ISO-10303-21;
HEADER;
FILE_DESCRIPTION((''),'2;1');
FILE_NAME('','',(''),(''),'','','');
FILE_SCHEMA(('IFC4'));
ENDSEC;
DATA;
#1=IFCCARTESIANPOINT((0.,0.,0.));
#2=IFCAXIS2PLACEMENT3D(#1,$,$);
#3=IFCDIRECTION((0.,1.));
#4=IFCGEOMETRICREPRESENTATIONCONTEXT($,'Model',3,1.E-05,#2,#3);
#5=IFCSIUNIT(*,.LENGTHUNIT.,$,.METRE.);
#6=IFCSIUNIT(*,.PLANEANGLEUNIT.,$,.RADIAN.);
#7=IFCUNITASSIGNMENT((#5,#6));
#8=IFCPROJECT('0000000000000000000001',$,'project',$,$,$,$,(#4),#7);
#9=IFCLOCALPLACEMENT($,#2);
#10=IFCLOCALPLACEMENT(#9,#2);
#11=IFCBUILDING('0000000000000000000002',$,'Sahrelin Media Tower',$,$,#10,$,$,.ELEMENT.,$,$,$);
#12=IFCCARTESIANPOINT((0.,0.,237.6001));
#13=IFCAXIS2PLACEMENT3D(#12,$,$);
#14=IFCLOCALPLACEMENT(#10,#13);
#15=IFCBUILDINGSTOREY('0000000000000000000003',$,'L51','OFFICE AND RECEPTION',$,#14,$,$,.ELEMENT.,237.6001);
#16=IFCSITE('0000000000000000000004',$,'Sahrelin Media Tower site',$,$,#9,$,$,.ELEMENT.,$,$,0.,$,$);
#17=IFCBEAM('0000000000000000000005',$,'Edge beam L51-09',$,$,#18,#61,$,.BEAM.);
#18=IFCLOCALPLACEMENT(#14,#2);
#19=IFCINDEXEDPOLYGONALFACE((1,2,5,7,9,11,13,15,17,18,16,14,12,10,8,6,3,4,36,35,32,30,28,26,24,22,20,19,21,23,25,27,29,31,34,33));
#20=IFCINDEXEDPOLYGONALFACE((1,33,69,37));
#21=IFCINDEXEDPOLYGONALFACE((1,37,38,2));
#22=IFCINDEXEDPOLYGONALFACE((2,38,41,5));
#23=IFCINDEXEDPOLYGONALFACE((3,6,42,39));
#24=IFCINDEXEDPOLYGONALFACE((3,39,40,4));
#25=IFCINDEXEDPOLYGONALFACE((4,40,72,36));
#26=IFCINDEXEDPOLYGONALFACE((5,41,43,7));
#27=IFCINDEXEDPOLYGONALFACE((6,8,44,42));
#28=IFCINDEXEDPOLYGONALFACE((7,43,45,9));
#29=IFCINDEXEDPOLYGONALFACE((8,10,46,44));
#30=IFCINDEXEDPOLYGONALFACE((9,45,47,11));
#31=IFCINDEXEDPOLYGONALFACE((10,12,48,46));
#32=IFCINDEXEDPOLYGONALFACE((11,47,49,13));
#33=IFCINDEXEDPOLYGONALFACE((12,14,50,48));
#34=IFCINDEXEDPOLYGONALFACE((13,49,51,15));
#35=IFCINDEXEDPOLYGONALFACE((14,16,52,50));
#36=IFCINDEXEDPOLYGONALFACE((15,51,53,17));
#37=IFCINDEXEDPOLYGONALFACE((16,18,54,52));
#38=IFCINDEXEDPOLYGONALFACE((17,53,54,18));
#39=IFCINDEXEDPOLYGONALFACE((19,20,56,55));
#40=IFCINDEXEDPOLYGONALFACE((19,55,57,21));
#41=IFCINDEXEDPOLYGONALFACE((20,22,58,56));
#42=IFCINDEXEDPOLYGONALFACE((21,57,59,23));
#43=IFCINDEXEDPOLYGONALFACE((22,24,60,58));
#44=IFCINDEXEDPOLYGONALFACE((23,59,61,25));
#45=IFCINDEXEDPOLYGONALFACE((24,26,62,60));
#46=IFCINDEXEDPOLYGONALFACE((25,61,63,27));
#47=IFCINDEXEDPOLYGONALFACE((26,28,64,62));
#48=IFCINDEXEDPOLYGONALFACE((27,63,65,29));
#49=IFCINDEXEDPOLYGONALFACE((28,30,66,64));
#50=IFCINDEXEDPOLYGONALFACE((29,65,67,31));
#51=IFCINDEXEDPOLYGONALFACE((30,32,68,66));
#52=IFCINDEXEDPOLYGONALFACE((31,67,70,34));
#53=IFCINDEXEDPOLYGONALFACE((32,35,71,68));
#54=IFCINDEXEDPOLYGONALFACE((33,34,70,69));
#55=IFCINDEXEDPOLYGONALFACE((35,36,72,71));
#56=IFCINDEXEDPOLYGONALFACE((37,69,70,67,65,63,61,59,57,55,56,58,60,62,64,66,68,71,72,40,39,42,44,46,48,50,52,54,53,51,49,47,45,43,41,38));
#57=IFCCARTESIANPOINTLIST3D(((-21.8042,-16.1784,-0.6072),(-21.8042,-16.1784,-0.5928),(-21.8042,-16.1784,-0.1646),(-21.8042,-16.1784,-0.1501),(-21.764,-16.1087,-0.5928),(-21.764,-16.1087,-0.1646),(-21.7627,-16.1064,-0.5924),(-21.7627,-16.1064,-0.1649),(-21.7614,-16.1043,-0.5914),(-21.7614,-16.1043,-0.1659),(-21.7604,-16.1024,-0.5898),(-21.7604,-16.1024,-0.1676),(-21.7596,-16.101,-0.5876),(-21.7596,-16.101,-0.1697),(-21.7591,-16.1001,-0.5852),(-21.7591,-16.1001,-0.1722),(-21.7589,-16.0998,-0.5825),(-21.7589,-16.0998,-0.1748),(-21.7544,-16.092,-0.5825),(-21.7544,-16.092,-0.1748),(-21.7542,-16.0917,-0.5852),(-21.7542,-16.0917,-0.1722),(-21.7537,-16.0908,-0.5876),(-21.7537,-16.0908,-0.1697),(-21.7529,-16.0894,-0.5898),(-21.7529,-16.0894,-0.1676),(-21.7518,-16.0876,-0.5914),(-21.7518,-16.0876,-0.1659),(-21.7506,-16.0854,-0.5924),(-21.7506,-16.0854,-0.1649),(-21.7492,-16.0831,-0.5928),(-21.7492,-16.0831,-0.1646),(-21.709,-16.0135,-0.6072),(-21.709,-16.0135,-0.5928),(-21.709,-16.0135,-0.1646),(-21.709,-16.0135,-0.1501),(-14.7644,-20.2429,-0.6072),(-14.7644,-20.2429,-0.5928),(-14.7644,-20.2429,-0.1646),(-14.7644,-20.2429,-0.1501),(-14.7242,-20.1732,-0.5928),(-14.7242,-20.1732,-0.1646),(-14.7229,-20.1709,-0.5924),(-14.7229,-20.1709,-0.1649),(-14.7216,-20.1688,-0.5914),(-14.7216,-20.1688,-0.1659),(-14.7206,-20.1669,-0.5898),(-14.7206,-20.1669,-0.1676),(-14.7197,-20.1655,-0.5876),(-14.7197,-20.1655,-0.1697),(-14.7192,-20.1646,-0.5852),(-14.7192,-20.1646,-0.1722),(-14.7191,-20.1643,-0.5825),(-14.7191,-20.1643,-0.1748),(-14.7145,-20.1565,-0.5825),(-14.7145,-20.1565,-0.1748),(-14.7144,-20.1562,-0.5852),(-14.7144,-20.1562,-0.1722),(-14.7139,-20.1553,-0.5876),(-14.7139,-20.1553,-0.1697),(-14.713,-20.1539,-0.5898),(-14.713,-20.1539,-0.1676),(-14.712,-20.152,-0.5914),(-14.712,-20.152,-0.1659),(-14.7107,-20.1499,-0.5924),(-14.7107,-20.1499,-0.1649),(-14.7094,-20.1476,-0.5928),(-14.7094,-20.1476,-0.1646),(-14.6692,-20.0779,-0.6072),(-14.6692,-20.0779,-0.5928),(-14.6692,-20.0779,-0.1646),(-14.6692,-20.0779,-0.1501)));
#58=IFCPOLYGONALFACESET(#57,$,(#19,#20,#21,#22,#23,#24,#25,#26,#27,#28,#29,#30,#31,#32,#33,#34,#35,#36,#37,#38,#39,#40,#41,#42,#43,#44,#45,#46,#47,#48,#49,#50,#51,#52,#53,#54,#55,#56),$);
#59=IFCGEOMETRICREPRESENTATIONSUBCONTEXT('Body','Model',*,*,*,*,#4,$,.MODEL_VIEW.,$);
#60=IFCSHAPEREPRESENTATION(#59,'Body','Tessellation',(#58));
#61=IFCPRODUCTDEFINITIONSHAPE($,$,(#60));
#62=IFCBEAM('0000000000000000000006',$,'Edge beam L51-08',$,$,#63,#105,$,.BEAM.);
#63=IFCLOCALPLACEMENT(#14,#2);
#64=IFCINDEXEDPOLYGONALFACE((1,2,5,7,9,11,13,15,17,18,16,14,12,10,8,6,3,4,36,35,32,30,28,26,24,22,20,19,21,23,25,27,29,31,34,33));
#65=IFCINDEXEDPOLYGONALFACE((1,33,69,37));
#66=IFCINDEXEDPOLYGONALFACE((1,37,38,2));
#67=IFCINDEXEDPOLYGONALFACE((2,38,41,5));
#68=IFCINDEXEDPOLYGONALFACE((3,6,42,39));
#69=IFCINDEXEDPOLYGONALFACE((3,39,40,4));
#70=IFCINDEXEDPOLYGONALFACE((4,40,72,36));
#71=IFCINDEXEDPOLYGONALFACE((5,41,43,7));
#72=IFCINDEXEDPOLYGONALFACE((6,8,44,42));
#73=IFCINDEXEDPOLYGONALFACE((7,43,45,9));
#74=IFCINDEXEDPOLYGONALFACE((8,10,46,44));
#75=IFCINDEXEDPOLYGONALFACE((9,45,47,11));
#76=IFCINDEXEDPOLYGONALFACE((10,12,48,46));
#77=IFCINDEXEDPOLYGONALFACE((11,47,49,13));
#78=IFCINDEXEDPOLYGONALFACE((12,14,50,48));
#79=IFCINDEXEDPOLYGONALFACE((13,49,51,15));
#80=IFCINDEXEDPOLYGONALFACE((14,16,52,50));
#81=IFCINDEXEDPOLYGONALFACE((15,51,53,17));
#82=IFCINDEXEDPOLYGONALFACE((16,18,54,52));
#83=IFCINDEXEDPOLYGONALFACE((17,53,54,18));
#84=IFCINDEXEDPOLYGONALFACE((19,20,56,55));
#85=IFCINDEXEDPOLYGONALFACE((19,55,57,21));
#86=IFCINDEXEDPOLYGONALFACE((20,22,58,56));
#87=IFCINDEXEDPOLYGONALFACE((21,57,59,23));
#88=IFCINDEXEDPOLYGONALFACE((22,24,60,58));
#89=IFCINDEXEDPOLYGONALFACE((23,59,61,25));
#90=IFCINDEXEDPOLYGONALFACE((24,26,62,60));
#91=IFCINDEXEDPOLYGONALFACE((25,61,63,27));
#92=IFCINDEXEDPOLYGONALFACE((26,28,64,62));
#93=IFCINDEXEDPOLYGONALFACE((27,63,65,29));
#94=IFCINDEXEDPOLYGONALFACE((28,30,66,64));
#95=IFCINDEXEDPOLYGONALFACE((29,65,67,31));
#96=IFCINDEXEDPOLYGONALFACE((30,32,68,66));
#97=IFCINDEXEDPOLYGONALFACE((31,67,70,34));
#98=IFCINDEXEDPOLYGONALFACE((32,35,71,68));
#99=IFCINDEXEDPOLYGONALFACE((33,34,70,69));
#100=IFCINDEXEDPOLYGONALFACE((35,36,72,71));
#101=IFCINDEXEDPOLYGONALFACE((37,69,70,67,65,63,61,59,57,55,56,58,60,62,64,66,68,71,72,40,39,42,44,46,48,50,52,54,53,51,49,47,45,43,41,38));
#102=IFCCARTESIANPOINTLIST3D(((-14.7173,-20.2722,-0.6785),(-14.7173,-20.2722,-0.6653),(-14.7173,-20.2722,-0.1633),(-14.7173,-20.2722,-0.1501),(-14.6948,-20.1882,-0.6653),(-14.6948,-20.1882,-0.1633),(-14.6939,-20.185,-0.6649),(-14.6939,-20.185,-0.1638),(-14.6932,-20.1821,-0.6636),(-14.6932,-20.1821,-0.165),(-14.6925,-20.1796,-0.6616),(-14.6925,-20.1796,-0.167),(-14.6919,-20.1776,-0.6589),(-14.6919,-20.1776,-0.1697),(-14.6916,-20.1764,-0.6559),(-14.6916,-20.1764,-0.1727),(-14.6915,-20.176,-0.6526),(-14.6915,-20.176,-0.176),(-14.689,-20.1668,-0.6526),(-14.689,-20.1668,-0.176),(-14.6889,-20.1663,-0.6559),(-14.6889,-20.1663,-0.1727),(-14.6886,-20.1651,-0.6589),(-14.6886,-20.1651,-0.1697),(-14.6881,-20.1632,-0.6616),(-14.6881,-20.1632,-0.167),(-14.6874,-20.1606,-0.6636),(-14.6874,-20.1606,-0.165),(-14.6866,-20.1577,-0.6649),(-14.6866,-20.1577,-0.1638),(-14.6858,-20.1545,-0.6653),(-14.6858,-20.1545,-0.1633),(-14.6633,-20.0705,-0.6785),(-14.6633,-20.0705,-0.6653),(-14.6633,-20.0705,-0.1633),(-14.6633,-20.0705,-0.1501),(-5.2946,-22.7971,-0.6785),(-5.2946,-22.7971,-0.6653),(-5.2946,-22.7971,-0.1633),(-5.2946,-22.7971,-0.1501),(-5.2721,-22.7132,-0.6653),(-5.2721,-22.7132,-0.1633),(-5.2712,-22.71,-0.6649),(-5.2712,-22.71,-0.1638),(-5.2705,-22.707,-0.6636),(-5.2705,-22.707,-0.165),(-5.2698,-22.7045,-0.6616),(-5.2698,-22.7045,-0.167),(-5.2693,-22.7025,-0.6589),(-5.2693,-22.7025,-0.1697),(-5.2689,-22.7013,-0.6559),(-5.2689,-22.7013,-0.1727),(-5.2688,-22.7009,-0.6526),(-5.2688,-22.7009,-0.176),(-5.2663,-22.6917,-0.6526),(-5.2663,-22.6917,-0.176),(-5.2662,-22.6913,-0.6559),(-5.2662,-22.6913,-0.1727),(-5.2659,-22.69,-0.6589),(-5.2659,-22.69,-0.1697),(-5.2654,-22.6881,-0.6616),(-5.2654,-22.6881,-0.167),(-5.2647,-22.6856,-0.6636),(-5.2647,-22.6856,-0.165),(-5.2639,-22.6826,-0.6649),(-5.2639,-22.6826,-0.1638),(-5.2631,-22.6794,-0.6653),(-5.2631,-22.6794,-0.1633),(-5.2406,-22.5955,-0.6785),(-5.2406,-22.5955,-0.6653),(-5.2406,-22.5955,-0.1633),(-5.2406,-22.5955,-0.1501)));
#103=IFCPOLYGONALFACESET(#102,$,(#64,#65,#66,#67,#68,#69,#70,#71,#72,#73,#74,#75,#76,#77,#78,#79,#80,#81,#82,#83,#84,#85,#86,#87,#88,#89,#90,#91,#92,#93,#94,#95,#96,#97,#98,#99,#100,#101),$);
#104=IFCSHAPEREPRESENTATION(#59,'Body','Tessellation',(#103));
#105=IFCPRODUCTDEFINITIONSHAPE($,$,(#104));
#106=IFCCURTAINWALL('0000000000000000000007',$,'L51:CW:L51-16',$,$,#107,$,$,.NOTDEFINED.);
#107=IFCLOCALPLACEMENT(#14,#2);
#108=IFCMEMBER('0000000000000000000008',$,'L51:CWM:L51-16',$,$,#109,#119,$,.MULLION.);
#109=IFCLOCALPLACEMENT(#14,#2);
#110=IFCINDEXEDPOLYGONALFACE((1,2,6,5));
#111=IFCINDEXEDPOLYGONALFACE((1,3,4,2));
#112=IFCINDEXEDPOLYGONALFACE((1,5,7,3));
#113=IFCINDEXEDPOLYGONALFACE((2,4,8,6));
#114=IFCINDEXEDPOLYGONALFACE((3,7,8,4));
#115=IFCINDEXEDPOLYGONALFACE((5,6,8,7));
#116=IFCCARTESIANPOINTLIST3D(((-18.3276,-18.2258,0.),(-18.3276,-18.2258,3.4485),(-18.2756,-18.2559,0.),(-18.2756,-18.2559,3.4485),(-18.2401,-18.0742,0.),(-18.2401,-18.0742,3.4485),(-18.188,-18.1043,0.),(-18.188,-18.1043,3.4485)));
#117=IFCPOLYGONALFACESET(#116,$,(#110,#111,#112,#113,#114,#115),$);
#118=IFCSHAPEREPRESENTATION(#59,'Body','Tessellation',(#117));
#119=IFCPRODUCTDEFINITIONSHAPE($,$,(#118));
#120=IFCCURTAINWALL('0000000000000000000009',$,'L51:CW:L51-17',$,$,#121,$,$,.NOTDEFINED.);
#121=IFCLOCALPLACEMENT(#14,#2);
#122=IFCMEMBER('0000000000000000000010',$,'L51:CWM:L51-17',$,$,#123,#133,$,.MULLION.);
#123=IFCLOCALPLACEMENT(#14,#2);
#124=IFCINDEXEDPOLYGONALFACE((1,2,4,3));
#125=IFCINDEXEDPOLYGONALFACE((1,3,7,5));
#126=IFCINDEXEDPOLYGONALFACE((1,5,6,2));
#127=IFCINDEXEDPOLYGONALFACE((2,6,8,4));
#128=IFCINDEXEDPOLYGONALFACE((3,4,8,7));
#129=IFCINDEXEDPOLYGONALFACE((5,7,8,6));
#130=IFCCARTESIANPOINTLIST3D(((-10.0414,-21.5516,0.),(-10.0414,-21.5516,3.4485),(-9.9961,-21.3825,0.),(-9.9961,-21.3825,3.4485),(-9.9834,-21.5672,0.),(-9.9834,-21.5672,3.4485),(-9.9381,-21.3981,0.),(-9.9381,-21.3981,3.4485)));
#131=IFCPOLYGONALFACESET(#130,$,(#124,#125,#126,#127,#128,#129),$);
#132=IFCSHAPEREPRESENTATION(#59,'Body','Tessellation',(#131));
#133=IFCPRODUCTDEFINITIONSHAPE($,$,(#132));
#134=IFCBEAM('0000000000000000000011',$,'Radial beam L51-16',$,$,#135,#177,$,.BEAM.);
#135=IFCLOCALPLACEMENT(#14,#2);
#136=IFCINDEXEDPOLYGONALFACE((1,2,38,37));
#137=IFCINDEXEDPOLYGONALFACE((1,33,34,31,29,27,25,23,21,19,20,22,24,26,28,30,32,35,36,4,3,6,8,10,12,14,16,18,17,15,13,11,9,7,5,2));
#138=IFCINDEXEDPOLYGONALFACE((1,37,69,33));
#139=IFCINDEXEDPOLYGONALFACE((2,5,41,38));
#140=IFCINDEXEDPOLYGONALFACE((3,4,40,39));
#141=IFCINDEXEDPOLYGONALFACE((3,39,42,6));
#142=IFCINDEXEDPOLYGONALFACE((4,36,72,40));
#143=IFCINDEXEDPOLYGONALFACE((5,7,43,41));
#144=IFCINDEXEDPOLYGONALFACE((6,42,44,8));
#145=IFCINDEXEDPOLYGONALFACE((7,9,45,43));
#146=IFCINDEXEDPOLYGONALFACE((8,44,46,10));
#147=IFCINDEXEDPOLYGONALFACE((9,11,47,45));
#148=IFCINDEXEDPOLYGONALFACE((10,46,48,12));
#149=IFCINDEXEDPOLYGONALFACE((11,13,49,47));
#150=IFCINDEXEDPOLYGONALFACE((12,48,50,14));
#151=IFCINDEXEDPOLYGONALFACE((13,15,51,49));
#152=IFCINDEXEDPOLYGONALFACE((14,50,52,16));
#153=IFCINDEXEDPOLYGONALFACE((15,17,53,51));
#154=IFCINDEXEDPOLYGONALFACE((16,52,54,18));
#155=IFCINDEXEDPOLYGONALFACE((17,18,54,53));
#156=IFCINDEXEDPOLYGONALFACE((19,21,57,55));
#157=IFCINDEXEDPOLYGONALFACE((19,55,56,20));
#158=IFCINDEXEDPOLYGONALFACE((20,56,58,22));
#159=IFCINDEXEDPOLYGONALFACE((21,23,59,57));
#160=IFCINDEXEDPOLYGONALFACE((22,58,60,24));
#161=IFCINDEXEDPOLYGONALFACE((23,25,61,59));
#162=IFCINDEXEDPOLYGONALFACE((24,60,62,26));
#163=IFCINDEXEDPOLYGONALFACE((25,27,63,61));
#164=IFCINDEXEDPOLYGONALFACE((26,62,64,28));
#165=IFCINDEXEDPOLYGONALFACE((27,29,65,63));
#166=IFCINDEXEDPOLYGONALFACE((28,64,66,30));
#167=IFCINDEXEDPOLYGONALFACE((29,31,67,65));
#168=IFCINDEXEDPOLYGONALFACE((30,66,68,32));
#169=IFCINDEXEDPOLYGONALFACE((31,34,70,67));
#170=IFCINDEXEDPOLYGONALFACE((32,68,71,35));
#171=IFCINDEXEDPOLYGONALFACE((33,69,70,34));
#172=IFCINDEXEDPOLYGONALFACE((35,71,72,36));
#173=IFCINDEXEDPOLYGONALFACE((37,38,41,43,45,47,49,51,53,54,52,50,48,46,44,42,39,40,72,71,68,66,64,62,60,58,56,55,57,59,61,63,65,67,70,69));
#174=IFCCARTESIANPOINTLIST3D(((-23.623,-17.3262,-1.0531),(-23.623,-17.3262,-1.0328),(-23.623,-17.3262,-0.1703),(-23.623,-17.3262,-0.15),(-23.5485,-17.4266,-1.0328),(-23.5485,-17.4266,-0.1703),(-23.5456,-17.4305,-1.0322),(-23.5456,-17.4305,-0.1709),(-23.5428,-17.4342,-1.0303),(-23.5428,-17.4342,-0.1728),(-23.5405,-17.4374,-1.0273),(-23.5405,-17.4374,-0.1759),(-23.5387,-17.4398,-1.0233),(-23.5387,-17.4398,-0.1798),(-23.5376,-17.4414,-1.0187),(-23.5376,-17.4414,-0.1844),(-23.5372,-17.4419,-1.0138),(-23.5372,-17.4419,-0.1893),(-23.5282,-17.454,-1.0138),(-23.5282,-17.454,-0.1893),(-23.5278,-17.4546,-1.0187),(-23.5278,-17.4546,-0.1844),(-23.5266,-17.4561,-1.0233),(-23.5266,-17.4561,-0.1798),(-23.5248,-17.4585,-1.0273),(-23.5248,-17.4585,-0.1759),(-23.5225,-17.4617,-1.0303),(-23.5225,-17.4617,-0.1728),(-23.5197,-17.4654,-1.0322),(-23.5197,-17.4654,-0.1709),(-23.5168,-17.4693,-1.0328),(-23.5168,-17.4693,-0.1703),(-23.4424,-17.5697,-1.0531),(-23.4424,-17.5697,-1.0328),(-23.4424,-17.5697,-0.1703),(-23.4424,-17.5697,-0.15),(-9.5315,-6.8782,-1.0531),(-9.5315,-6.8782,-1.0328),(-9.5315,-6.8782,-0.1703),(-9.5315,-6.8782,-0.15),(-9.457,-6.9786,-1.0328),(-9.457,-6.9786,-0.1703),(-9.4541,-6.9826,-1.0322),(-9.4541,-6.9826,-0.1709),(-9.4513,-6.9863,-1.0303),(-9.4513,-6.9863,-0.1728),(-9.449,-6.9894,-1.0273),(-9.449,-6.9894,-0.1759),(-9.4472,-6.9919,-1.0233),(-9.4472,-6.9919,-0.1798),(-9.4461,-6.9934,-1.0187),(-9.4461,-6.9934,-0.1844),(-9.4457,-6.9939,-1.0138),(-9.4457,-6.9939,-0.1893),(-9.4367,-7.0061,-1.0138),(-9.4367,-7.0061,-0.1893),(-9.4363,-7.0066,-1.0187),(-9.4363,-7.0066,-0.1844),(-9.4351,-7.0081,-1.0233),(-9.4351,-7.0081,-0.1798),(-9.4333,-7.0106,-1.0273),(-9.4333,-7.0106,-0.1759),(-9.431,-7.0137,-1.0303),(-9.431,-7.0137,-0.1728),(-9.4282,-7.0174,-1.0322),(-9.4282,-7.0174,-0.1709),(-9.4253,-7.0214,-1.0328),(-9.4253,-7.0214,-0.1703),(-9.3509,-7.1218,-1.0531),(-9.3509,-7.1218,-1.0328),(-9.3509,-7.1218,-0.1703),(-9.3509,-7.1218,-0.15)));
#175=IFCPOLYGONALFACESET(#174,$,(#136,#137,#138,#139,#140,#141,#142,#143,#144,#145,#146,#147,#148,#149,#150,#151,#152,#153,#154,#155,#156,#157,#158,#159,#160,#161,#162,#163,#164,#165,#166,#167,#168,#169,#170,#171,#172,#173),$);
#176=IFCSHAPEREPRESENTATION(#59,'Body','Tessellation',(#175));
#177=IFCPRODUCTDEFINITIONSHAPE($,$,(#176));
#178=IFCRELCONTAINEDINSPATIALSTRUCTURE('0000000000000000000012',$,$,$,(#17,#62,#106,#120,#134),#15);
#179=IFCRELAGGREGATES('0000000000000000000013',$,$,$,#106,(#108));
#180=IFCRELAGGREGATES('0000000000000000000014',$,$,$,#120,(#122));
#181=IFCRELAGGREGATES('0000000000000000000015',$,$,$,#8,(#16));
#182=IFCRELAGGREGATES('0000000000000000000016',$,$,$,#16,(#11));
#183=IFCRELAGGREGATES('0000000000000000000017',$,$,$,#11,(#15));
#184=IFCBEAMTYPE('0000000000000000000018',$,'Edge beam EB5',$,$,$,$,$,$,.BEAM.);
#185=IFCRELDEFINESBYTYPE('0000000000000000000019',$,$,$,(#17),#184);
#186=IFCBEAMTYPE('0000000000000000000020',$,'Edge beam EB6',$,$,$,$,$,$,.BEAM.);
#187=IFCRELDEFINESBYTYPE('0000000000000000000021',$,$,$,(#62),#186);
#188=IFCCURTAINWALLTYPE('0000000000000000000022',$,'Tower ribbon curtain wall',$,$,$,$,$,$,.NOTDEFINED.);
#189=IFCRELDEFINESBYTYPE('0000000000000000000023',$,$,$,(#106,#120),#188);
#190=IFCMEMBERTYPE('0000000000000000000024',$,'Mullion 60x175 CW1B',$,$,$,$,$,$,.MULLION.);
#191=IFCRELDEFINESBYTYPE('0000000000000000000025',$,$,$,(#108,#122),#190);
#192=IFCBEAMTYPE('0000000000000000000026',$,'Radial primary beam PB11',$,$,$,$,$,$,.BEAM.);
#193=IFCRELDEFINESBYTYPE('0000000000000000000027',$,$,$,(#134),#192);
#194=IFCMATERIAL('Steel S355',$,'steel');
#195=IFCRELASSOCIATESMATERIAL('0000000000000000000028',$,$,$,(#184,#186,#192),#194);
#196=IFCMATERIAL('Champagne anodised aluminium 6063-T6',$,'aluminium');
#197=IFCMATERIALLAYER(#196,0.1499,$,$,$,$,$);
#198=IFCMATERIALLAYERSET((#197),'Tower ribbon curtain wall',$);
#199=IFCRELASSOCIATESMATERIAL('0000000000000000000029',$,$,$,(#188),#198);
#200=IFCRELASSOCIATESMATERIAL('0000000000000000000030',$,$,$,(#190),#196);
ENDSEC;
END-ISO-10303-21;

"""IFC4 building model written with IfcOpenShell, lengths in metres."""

from ifc_helpers import new_model, si_unit, direction, frame, origin, origin_2d, place, context, subcontext, project, spatial, rectangle, i_section, extrude, material, layer, layer_set, material_profile, profile_set, type_object, element, aggregate, save


model = new_model("IFC4")

# Units and contexts
model_context = context("Model", 3, precision=1e-05, world=origin(), true_north=direction((0.0, 1.0)))
body_context = subcontext(model_context, "Body", "Model", "MODEL_VIEW")
ifc_project = project(units=[si_unit("LENGTHUNIT", "METRE"), si_unit("PLANEANGLEUNIT", "RADIAN")], contexts=[model_context])

# Site, building, storey
site_placement = place(None, origin())
site = spatial("IfcSite", under=ifc_project, at=site_placement, Name="Sahrelin Media Tower site", CompositionType="ELEMENT", RefElevation=0.0)
building_placement = place(site_placement, origin())
building = spatial("IfcBuilding", under=site, at=building_placement, Name="Sahrelin Media Tower", CompositionType="ELEMENT")
storey_placement = place(building_placement, frame((0.0, 0.0, 237.6001)))
storey = spatial("IfcBuildingStorey", under=building, at=storey_placement, Name="L51", Description="OFFICE AND RECEPTION", CompositionType="ELEMENT", Elevation=237.6001)

# Beams
ifc_material_1 = material(Name="Steel S355", Category="steel")
ifc_material_profile_1 = material_profile(ifc_material_1, i_section(OverallWidth=0.1904, OverallDepth=0.457, WebThickness=0.009, FlangeThickness=0.0144, FilletRadius=0.0103, at=origin_2d()), Name="UB 457x191x74")
ifc_profile_set_1 = profile_set([ifc_material_profile_1], Name="Steel S355")
beam_type_1 = type_object("IfcBeamType", Name="Edge beam EB5", PredefinedType="BEAM", material=ifc_profile_set_1)
beam_1_placement = place(storey_placement, frame((-14.7168, -20.1604, -0.3787), z_axis=(-0.866024, 0.500002, 0.0), x_axis=(-0.500002, -0.866024, 0.0)))
element("IfcBeam", 1, at=beam_1_placement, inside=storey, type_object=beam_type_1, Name="Edge beam L51-09", PredefinedType="BEAM", context=body_context, shape_type="SweptSolid", body=[
    extrude(i_section(OverallWidth=0.1904, OverallDepth=0.457, WebThickness=0.009, FlangeThickness=0.0144, FilletRadius=0.0103, at=origin_2d()), origin(), (0.0, 0.0, 1.0), 8.1289),
])
ifc_material_profile_2 = material_profile(ifc_material_1, i_section(OverallWidth=0.2087, OverallDepth=0.5283, WebThickness=0.0095, FlangeThickness=0.0132, FilletRadius=0.0127, at=origin_2d()), Name="UB 533x210x82")
ifc_profile_set_2 = profile_set([ifc_material_profile_2], Name="Steel S355")
beam_type_2 = type_object("IfcBeamType", Name="Edge beam EB6", PredefinedType="BEAM", material=ifc_profile_set_2)
beam_2_placement = place(storey_placement, frame((-5.2676, -22.6963, -0.4143), z_axis=(-0.965923, 0.258831, 0.0), x_axis=(-0.258831, -0.965923, 0.0)))
element("IfcBeam", 2, at=beam_2_placement, inside=storey, type_object=beam_type_2, Name="Edge beam L51-08", PredefinedType="BEAM", context=body_context, shape_type="SweptSolid", body=[
    extrude(i_section(OverallWidth=0.2087, OverallDepth=0.5283, WebThickness=0.0095, FlangeThickness=0.0132, FilletRadius=0.0127, at=origin_2d()), origin(), (0.0, 0.0, 1.0), 9.7551),
])

# Curtain walls, members
ifc_material_2 = material(Name="Champagne anodised aluminium 6063-T6", Category="aluminium")
ifc_layer_1 = layer(ifc_material_2, 0.1499)
ifc_layer_set_1 = layer_set([ifc_layer_1], Name="Tower ribbon curtain wall")
curtain_wall_type = type_object("IfcCurtainWallType", Name="Tower ribbon curtain wall", PredefinedType="NOTDEFINED", material=ifc_layer_set_1)
curtain_wall_1_placement = place(storey_placement, frame((-18.3115, -18.2583, 0.0), z_axis=(0.0, 0.0, 1.0), x_axis=(1.0, 0.0, 0.0)))
curtain_wall_1 = element("IfcCurtainWall", 3, at=curtain_wall_1_placement, inside=storey, type_object=curtain_wall_type, Name="L51:CW:L51-16", PredefinedType="NOTDEFINED")
ifc_material_profile_3 = material_profile(ifc_material_2, rectangle(XDim=0.0601, YDim=0.175, at=origin_2d()), Name="Mullion 60x175")
ifc_profile_set_3 = profile_set([ifc_material_profile_3], Name="Champagne anodised aluminium 6063-T6")
member_type_1 = type_object("IfcMemberType", Name="Mullion 60x175 CW1B", PredefinedType="MULLION", material=ifc_profile_set_3)
member_1_placement = place(storey_placement, frame((-18.2578, -18.165, 0.0), z_axis=(0.0, 0.0, 1.0), x_axis=(0.866027, -0.499997, 0.0)))
member_1 = element("IfcMember", 4, at=member_1_placement, type_object=member_type_1, Name="L51:CWM:L51-16", PredefinedType="MULLION", context=body_context, shape_type="SweptSolid", body=[
    extrude(rectangle(XDim=0.0601, YDim=0.175, at=origin_2d()), origin(), (0.0, 0.0, 1.0), 3.4485),
])
aggregate(curtain_wall_1, [member_1])
curtain_wall_2_placement = place(storey_placement, frame((-10.0176, -21.5789, 0.0), z_axis=(0.0, 0.0, 1.0), x_axis=(1.0, 0.0, 0.0)))
curtain_wall_2 = element("IfcCurtainWall", 5, at=curtain_wall_2_placement, inside=storey, type_object=curtain_wall_type, Name="L51:CW:L51-17", PredefinedType="NOTDEFINED")
member_2_placement = place(storey_placement, frame((-9.9897, -21.4749, 0.0), z_axis=(0.0, 0.0, 1.0), x_axis=(0.965925, -0.258821, 0.0)))
member_2 = element("IfcMember", 6, at=member_2_placement, type_object=member_type_1, Name="L51:CWM:L51-17", PredefinedType="MULLION", context=body_context, shape_type="SweptSolid", body=[
    extrude(rectangle(XDim=0.0601, YDim=0.175, at=origin_2d()), origin(), (0.0, 0.0, 1.0), 3.4485),
])

# Beam
ifc_material_profile_4 = material_profile(ifc_material_1, i_section(OverallWidth=0.3032, OverallDepth=0.9031, WebThickness=0.0151, FlangeThickness=0.0203, FilletRadius=0.019, at=origin_2d()), Name="UB 914x305x201")
ifc_profile_set_4 = profile_set([ifc_material_profile_4], Name="Steel S355")
beam_type_3 = type_object("IfcBeamType", Name="Radial primary beam PB11", PredefinedType="BEAM", material=ifc_profile_set_4)
beam_3_placement = place(storey_placement, frame((-9.4412, -7.0, -0.6016), z_axis=(-0.80329, -0.595589, 0.0), x_axis=(0.595589, -0.80329, 0.0)))
element("IfcBeam", 7, at=beam_3_placement, inside=storey, type_object=beam_type_3, Name="Radial beam L51-16", PredefinedType="BEAM", context=body_context, shape_type="SweptSolid", body=[
    extrude(i_section(OverallWidth=0.3032, OverallDepth=0.9031, WebThickness=0.0151, FlangeThickness=0.0203, FilletRadius=0.019, at=origin_2d()), origin(), (0.0, 0.0, 1.0), 17.5422),
])

aggregate(curtain_wall_2, [member_2])

save(model, "model.ifc")
